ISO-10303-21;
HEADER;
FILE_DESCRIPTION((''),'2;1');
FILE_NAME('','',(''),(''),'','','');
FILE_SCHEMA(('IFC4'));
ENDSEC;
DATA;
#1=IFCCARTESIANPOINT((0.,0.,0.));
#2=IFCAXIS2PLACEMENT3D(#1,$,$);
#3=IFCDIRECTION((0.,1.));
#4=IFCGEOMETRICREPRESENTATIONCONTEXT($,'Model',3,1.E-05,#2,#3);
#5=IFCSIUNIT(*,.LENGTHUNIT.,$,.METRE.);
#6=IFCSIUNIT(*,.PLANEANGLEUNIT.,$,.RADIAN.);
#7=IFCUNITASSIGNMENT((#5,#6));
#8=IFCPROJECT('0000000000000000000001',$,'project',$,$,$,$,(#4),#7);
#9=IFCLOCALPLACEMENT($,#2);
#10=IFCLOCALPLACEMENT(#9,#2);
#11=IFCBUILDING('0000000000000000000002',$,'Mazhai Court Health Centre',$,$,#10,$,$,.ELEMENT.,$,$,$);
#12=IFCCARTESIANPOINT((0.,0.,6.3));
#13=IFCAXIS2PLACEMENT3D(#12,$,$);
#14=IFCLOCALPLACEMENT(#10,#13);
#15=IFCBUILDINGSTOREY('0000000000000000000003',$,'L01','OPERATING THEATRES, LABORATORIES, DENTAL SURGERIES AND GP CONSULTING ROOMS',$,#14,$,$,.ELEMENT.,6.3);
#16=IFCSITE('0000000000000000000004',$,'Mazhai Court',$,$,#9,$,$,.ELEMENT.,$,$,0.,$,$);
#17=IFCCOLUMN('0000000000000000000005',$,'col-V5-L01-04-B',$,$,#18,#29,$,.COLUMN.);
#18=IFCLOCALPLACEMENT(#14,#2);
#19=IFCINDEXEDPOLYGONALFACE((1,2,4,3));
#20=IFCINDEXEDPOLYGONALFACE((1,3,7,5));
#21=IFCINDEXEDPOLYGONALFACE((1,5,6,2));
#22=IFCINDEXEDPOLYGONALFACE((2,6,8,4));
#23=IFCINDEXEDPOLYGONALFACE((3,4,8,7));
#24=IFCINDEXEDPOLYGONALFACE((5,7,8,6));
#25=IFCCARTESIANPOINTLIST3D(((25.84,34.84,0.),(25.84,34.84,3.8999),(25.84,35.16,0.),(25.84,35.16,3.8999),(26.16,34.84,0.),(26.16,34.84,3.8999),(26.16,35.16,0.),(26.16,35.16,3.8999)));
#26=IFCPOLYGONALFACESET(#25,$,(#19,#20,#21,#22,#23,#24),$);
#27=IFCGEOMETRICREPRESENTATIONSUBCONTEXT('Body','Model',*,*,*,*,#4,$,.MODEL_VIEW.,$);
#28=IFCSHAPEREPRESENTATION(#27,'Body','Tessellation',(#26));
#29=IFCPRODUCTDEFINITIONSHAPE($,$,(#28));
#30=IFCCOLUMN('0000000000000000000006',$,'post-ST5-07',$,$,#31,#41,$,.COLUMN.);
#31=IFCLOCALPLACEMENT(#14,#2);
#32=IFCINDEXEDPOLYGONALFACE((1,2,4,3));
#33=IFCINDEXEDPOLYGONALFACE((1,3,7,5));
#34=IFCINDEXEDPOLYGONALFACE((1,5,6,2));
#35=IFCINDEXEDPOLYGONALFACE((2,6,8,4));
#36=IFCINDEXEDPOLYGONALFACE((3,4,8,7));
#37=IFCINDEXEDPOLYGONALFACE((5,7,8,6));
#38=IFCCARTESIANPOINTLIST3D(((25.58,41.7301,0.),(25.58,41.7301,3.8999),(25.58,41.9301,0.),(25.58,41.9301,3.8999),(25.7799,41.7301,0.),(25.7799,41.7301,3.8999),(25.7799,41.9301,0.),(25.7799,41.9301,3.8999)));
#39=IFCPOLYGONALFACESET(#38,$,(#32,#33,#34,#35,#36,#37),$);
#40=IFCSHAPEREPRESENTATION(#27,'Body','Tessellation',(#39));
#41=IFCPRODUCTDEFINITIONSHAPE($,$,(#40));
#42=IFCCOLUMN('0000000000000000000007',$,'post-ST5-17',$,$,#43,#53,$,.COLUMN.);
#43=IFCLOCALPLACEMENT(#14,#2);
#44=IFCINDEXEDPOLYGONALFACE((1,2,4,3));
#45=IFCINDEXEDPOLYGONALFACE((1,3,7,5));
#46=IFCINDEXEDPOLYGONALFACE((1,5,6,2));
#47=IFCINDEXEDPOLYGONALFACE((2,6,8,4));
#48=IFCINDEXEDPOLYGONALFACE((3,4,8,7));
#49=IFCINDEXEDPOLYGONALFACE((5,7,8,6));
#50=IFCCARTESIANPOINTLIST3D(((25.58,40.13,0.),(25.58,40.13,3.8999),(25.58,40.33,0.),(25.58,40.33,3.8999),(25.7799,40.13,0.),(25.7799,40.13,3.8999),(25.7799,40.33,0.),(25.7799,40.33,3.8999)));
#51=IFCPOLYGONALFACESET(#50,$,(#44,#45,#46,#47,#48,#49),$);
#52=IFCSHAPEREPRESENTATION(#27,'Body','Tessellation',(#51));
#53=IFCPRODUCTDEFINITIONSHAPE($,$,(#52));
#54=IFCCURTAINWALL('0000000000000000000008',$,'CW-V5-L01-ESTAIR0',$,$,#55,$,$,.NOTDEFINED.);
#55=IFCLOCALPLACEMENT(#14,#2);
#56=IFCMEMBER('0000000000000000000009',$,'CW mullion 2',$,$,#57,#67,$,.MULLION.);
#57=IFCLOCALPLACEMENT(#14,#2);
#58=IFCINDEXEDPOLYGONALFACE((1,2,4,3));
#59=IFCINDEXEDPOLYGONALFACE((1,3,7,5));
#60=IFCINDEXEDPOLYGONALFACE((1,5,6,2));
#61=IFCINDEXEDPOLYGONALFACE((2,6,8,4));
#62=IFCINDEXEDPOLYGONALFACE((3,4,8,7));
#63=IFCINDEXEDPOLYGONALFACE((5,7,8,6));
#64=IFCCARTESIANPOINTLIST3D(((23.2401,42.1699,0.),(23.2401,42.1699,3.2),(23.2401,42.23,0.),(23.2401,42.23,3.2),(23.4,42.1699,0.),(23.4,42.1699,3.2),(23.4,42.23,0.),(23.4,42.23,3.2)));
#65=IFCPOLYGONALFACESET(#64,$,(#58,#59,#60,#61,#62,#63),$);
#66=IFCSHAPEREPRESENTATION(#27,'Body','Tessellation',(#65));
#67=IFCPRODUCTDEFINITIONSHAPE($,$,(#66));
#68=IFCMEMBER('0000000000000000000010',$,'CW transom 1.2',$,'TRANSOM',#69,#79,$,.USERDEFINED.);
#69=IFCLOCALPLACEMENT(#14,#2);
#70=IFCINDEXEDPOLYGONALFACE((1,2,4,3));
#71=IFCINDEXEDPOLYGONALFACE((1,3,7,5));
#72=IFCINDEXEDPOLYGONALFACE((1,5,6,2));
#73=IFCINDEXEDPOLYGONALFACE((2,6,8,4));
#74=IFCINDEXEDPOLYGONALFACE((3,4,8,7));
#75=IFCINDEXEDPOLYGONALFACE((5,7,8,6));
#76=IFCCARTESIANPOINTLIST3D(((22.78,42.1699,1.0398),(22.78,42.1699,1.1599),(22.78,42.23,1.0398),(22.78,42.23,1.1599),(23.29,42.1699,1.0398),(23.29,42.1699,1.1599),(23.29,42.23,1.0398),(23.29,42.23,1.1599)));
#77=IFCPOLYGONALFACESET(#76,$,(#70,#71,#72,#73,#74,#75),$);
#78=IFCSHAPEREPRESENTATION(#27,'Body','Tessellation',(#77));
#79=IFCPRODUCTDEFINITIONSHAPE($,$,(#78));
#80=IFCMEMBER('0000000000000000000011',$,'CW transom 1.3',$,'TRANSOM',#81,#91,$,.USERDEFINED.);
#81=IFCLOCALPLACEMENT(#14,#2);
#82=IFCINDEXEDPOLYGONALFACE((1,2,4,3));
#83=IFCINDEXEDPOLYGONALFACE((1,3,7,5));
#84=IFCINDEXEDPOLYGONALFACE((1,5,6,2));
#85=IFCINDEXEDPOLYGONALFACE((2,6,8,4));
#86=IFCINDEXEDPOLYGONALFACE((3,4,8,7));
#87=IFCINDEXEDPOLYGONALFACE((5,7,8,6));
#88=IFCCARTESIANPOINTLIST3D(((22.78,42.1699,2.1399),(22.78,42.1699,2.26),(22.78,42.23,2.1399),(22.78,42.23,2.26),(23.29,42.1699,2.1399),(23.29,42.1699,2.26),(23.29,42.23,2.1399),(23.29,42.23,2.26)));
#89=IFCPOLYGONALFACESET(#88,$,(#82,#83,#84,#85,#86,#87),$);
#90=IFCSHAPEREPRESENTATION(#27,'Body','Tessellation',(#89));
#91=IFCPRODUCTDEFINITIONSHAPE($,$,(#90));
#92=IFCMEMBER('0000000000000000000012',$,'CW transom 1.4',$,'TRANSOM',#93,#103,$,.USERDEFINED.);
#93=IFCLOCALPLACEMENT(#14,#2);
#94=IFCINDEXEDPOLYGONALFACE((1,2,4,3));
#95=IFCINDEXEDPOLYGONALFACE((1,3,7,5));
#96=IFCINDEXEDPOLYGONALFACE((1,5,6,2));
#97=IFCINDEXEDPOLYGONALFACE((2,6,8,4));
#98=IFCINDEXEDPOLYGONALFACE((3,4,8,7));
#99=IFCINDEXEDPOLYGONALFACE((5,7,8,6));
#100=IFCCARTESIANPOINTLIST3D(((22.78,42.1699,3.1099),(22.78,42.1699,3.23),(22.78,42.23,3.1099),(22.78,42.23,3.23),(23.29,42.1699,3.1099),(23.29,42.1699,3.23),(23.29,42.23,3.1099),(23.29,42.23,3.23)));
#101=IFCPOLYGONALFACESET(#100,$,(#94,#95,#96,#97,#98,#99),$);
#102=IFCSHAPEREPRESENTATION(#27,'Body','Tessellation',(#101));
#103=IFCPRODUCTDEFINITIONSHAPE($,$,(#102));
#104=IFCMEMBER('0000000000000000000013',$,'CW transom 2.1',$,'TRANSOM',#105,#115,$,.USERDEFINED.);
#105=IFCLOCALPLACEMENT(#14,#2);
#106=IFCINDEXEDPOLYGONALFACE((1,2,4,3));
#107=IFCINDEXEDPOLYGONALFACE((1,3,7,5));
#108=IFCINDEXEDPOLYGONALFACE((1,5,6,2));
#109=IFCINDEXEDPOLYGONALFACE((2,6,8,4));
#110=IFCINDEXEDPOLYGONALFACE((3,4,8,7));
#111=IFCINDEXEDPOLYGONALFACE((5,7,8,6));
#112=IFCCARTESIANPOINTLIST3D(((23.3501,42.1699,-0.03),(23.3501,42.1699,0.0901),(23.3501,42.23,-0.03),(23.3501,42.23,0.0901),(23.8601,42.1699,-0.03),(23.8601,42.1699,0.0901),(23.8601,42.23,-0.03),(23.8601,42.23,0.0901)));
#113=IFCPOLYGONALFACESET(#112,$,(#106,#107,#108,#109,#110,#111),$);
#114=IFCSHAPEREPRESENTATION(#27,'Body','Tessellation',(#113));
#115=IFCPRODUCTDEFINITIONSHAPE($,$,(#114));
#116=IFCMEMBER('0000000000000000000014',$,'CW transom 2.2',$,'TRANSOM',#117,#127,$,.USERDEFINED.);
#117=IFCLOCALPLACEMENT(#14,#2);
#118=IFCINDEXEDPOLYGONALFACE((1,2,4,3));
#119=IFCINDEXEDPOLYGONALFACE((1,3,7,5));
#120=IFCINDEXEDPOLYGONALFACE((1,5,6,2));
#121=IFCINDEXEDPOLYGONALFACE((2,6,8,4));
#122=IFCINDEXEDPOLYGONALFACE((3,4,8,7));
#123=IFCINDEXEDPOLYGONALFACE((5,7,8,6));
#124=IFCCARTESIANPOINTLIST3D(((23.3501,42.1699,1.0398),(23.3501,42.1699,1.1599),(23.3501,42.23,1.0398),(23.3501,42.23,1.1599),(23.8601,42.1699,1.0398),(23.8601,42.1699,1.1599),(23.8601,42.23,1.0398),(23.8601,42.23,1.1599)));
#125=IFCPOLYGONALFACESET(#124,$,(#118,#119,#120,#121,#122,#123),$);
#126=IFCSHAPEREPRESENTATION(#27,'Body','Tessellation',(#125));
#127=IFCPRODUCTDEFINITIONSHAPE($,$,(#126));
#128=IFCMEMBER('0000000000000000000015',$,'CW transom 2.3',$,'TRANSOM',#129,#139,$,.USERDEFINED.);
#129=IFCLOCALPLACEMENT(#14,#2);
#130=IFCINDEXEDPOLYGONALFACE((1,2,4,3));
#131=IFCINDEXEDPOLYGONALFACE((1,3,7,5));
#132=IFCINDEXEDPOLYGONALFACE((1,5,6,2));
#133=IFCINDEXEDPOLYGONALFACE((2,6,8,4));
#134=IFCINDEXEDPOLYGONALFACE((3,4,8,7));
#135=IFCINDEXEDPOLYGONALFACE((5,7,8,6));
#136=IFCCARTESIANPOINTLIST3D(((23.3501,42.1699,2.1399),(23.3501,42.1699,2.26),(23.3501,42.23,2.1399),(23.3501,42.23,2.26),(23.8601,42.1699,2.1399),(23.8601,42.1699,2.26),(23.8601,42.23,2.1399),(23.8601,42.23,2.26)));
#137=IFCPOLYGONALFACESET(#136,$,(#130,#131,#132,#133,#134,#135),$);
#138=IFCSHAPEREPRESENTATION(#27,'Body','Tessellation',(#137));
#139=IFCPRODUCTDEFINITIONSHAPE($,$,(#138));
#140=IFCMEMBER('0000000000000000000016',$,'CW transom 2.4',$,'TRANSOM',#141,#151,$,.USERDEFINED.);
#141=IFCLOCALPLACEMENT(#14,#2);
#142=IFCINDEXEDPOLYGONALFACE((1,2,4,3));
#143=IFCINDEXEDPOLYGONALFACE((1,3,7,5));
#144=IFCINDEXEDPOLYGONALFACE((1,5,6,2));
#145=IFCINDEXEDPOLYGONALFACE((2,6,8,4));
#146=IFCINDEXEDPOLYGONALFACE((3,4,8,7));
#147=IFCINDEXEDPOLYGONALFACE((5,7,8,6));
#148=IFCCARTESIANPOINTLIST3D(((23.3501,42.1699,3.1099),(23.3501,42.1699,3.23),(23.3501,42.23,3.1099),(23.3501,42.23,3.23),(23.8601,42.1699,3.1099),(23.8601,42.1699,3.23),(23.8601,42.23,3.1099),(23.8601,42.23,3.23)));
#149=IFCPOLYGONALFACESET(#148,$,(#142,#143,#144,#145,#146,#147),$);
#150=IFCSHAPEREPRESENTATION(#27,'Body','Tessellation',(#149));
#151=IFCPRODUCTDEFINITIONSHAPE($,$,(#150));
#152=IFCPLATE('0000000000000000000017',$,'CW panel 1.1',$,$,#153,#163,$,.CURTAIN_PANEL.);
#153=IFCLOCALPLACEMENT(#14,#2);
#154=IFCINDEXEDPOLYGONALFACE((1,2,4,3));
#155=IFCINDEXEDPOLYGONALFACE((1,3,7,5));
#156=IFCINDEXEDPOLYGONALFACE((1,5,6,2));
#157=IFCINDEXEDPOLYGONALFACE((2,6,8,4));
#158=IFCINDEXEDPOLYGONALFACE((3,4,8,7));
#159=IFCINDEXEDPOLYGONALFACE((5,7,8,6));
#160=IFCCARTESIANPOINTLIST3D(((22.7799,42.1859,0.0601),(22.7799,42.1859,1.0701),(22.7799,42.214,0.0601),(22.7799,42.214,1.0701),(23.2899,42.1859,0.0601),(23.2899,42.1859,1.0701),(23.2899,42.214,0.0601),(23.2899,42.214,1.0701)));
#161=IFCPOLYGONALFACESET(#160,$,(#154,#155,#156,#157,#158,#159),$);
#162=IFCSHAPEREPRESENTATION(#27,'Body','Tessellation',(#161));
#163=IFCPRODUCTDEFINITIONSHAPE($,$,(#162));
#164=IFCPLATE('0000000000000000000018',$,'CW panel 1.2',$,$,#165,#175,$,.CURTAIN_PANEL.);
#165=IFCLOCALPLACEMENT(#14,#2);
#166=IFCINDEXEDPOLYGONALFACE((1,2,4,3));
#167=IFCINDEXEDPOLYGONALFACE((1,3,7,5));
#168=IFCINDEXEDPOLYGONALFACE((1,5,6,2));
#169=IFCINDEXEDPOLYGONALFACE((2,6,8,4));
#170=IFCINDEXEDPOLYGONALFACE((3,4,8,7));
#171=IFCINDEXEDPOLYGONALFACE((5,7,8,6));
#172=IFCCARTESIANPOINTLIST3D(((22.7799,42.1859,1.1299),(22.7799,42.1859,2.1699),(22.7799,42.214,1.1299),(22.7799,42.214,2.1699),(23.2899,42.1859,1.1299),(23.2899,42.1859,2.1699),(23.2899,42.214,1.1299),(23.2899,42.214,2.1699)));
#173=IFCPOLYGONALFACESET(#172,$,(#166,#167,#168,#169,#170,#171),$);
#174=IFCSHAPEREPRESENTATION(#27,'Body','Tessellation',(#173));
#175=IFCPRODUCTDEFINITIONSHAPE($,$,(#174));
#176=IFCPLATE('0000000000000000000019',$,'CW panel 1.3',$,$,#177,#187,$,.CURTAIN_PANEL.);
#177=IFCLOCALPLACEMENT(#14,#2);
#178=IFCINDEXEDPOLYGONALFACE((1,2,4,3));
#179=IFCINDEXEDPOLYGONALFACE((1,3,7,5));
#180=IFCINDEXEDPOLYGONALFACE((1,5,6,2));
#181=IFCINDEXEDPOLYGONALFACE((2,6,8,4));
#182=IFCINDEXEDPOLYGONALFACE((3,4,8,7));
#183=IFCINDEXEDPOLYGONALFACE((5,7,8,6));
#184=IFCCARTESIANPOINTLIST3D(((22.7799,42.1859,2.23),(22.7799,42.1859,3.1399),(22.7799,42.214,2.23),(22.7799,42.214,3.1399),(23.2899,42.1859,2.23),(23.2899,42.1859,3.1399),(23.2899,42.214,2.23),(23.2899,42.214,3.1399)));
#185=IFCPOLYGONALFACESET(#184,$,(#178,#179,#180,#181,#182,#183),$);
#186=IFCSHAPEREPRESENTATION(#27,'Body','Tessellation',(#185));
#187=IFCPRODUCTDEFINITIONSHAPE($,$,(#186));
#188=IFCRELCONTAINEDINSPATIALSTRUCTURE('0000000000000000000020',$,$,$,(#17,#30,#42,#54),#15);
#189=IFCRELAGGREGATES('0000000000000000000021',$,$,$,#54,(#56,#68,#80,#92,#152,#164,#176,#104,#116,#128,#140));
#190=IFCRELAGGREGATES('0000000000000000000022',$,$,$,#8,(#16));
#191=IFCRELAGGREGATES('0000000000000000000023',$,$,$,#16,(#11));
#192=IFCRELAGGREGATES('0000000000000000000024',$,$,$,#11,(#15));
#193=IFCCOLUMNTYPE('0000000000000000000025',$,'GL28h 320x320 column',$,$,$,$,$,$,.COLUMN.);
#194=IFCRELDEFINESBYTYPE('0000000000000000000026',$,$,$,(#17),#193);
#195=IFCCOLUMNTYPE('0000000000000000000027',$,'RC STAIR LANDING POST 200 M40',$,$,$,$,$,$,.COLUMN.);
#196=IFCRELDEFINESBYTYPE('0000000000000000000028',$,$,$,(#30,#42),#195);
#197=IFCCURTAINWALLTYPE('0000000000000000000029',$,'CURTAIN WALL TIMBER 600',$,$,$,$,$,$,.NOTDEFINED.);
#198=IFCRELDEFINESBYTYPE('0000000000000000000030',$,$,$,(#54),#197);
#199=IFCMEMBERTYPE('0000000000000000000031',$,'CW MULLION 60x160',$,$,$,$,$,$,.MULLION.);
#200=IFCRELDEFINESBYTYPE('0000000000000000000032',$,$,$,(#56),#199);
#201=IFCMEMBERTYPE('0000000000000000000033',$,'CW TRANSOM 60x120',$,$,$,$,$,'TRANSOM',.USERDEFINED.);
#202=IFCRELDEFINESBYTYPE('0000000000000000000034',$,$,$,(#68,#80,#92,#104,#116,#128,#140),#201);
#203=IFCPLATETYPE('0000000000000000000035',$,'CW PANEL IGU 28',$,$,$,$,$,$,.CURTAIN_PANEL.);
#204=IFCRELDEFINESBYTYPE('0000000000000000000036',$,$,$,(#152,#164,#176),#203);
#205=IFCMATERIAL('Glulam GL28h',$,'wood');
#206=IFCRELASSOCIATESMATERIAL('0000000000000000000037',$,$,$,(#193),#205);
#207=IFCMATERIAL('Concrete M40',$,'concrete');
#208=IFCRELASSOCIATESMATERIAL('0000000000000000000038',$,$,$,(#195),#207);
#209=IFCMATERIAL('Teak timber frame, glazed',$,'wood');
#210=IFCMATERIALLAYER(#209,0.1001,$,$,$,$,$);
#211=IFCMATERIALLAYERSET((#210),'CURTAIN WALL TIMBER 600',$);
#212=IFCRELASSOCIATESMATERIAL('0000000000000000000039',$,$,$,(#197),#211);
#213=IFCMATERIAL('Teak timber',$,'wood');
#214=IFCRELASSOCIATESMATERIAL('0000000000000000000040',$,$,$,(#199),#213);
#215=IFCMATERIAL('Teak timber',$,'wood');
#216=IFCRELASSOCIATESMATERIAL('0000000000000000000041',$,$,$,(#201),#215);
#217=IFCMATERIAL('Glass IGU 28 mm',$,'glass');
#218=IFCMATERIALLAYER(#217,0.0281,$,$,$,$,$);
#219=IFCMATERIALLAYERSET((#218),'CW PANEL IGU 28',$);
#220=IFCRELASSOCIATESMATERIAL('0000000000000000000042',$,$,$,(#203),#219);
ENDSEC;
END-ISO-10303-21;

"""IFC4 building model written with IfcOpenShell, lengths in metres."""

from ifc_helpers import new_model, si_unit, direction, frame, origin, origin_2d, place, context, subcontext, project, spatial, rectangle, extrude, material, layer, layer_set, material_profile, profile_set, type_object, element, aggregate, save


model = new_model("IFC4")

# Units and contexts
model_context = context("Model", 3, precision=1e-05, world=origin(), true_north=direction((0.0, 1.0)))
body_context = subcontext(model_context, "Body", "Model", "MODEL_VIEW")
ifc_project = project(units=[si_unit("LENGTHUNIT", "METRE"), si_unit("PLANEANGLEUNIT", "RADIAN")], contexts=[model_context])

# Site, building, storey
site_placement = place(None, origin())
site = spatial("IfcSite", under=ifc_project, at=site_placement, Name="Mazhai Court", CompositionType="ELEMENT", RefElevation=0.0)
building_placement = place(site_placement, origin())
building = spatial("IfcBuilding", under=site, at=building_placement, Name="Mazhai Court Health Centre", CompositionType="ELEMENT")
storey_placement = place(building_placement, frame((0.0, 0.0, 6.3)))
storey = spatial("IfcBuildingStorey", under=building, at=storey_placement, Name="L01", Description="OPERATING THEATRES, LABORATORIES, DENTAL SURGERIES AND GP CONSULTING ROOMS", CompositionType="ELEMENT", Elevation=6.3)

# Columns
ifc_material_1 = material(Name="Glulam GL28h", Category="wood")
ifc_material_profile_1 = material_profile(ifc_material_1, rectangle(XDim=0.3201, YDim=0.3201, at=origin_2d()), Name="GL28h 320x320")
ifc_profile_set_1 = profile_set([ifc_material_profile_1], Name="Glulam GL28h")
column_type_1 = type_object("IfcColumnType", Name="GL28h 320x320 column", PredefinedType="COLUMN", material=ifc_profile_set_1)
column_placement = place(storey_placement, frame((26.0, 35.0, 0.0), z_axis=(0.0, 0.0, 1.0), x_axis=(1.0, 0.0, 0.0)))
element("IfcColumn", 1, at=column_placement, inside=storey, type_object=column_type_1, Name="col-V5-L01-04-B", PredefinedType="COLUMN", context=body_context, shape_type="SweptSolid", body=[
    extrude(rectangle(XDim=0.3201, YDim=0.3201, at=origin_2d()), origin(), (0.0, 0.0, 1.0), 3.8999),
])
ifc_material_2 = material(Name="Concrete M40", Category="concrete")
ifc_material_profile_2 = material_profile(ifc_material_2, rectangle(XDim=0.2, YDim=0.2, at=origin_2d()), Name="RC 200x200")
ifc_profile_set_2 = profile_set([ifc_material_profile_2], Name="Concrete M40")
column_type_2 = type_object("IfcColumnType", Name="RC STAIR LANDING POST 200 M40", PredefinedType="COLUMN", material=ifc_profile_set_2)
for number, where, z_axis, x_axis, name in (
    (2, (25.6799, 41.8301, 0.0), (0.0, 0.0, 1.0), (1.0, 0.0, 0.0), "post-ST5-07"),
    (3, (25.6799, 40.23, 0.0), (0.0, 0.0, 1.0), (1.0, 0.0, 0.0), "post-ST5-17"),
):
    element("IfcColumn", number, at=place(storey_placement, frame(where, z_axis=z_axis, x_axis=x_axis)), inside=storey, type_object=column_type_2, Name=name, PredefinedType="COLUMN", context=body_context, shape_type="SweptSolid", body=[
        extrude(rectangle(XDim=0.2, YDim=0.2, at=origin_2d()), origin(), (0.0, 0.0, 1.0), 3.8999),
    ])

# Curtain wall, members, plates
ifc_material_3 = material(Name="Teak timber frame, glazed", Category="wood")
ifc_layer_1 = layer(ifc_material_3, 0.1001)
ifc_layer_set_1 = layer_set([ifc_layer_1], Name="CURTAIN WALL TIMBER 600")
curtain_wall_type = type_object("IfcCurtainWallType", Name="CURTAIN WALL TIMBER 600", PredefinedType="NOTDEFINED", material=ifc_layer_set_1)
curtain_wall_placement = place(storey_placement, origin())
curtain_wall = element("IfcCurtainWall", 4, at=curtain_wall_placement, inside=storey, type_object=curtain_wall_type, Name="CW-V5-L01-ESTAIR0", PredefinedType="NOTDEFINED")
ifc_material_4 = material(Name="Teak timber", Category="wood")
ifc_material_profile_3 = material_profile(ifc_material_4, rectangle(XDim=0.0601, YDim=0.1599, at=origin_2d()), Name="CW MULLION 60x160")
ifc_profile_set_3 = profile_set([ifc_material_profile_3], Name="Teak timber")
member_type_1 = type_object("IfcMemberType", Name="CW MULLION 60x160", PredefinedType="MULLION", material=ifc_profile_set_3)
member_1_placement = place(storey_placement, frame((23.3201, 42.2, 0.0), z_axis=(0.0, 0.0, 1.0), x_axis=(0.0, 1.0, 0.0)))
member_1 = element("IfcMember", 5, at=member_1_placement, type_object=member_type_1, Name="CW mullion 2", PredefinedType="MULLION", context=body_context, shape_type="SweptSolid", body=[
    extrude(rectangle(XDim=0.0601, YDim=0.1599, at=origin_2d()), origin(), (0.0, 0.0, 1.0), 3.2),
])
ifc_material_5 = material(Name="Teak timber", Category="wood")
ifc_material_profile_4 = material_profile(ifc_material_5, rectangle(XDim=0.0601, YDim=0.1201, at=origin_2d()), Name="CW TRANSOM 60x120")
ifc_profile_set_4 = profile_set([ifc_material_profile_4], Name="Teak timber")
member_type_2 = type_object("IfcMemberType", Name="CW TRANSOM 60x120", ElementType="TRANSOM", PredefinedType="USERDEFINED", material=ifc_profile_set_4)
member_2_placement = place(storey_placement, frame((22.78, 42.2, 1.0999), z_axis=(1.0, 0.0, 0.0), x_axis=(0.0, 1.0, 0.0)))
member_2 = element("IfcMember", 6, at=member_2_placement, type_object=member_type_2, Name="CW transom 1.2", ObjectType="TRANSOM", PredefinedType="USERDEFINED", context=body_context, shape_type="SweptSolid", body=[
    extrude(rectangle(XDim=0.0601, YDim=0.1201, at=origin_2d()), origin(), (0.0, 0.0, 1.0), 0.51),
])
member_3_placement = place(storey_placement, frame((22.78, 42.2, 2.2), z_axis=(1.0, 0.0, 0.0), x_axis=(0.0, 1.0, 0.0)))
member_3 = element("IfcMember", 7, at=member_3_placement, type_object=member_type_2, Name="CW transom 1.3", ObjectType="TRANSOM", PredefinedType="USERDEFINED", context=body_context, shape_type="SweptSolid", body=[
    extrude(rectangle(XDim=0.0601, YDim=0.1201, at=origin_2d()), origin(), (0.0, 0.0, 1.0), 0.51),
])
member_4_placement = place(storey_placement, frame((22.78, 42.2, 3.1699), z_axis=(1.0, 0.0, 0.0), x_axis=(0.0, 1.0, 0.0)))
member_4 = element("IfcMember", 8, at=member_4_placement, type_object=member_type_2, Name="CW transom 1.4", ObjectType="TRANSOM", PredefinedType="USERDEFINED", context=body_context, shape_type="SweptSolid", body=[
    extrude(rectangle(XDim=0.0601, YDim=0.1201, at=origin_2d()), origin(), (0.0, 0.0, 1.0), 0.51),
])
member_5_placement = place(storey_placement, frame((23.3501, 42.2, 0.03), z_axis=(1.0, 0.0, 0.0), x_axis=(0.0, 1.0, 0.0)))
member_5 = element("IfcMember", 9, at=member_5_placement, type_object=member_type_2, Name="CW transom 2.1", ObjectType="TRANSOM", PredefinedType="USERDEFINED", context=body_context, shape_type="SweptSolid", body=[
    extrude(rectangle(XDim=0.0601, YDim=0.1201, at=origin_2d()), origin(), (0.0, 0.0, 1.0), 0.51),
])
member_6_placement = place(storey_placement, frame((23.3501, 42.2, 1.0999), z_axis=(1.0, 0.0, 0.0), x_axis=(0.0, 1.0, 0.0)))
member_6 = element("IfcMember", 10, at=member_6_placement, type_object=member_type_2, Name="CW transom 2.2", ObjectType="TRANSOM", PredefinedType="USERDEFINED", context=body_context, shape_type="SweptSolid", body=[
    extrude(rectangle(XDim=0.0601, YDim=0.1201, at=origin_2d()), origin(), (0.0, 0.0, 1.0), 0.51),
])
member_7_placement = place(storey_placement, frame((23.3501, 42.2, 2.2), z_axis=(1.0, 0.0, 0.0), x_axis=(0.0, 1.0, 0.0)))
member_7 = element("IfcMember", 11, at=member_7_placement, type_object=member_type_2, Name="CW transom 2.3", ObjectType="TRANSOM", PredefinedType="USERDEFINED", context=body_context, shape_type="SweptSolid", body=[
    extrude(rectangle(XDim=0.0601, YDim=0.1201, at=origin_2d()), origin(), (0.0, 0.0, 1.0), 0.51),
])
member_8_placement = place(storey_placement, frame((23.3501, 42.2, 3.1699), z_axis=(1.0, 0.0, 0.0), x_axis=(0.0, 1.0, 0.0)))
member_8 = element("IfcMember", 12, at=member_8_placement, type_object=member_type_2, Name="CW transom 2.4", ObjectType="TRANSOM", PredefinedType="USERDEFINED", context=body_context, shape_type="SweptSolid", body=[
    extrude(rectangle(XDim=0.0601, YDim=0.1201, at=origin_2d()), origin(), (0.0, 0.0, 1.0), 0.51),
])
ifc_material_6 = material(Name="Glass IGU 28 mm", Category="glass")
ifc_layer_2 = layer(ifc_material_6, 0.0281)
ifc_layer_set_2 = layer_set([ifc_layer_2], Name="CW PANEL IGU 28")
plate_type = type_object("IfcPlateType", Name="CW PANEL IGU 28", PredefinedType="CURTAIN_PANEL", material=ifc_layer_set_2)
plate_1_placement = place(storey_placement, frame((23.0349, 42.2, 0.0601), z_axis=(0.0, 0.0, 1.0), x_axis=(1.0, 0.0, 0.0)))
plate_1 = element("IfcPlate", 13, at=plate_1_placement, type_object=plate_type, Name="CW panel 1.1", PredefinedType="CURTAIN_PANEL", context=body_context, shape_type="SweptSolid", body=[
    extrude(rectangle(XDim=0.51, YDim=0.0281, at=origin_2d()), origin(), (0.0, 0.0, 1.0), 1.01),
])
plate_2_placement = place(storey_placement, frame((23.0349, 42.2, 1.1299), z_axis=(0.0, 0.0, 1.0), x_axis=(1.0, 0.0, 0.0)))
plate_2 = element("IfcPlate", 14, at=plate_2_placement, type_object=plate_type, Name="CW panel 1.2", PredefinedType="CURTAIN_PANEL", context=body_context, shape_type="SweptSolid", body=[
    extrude(rectangle(XDim=0.51, YDim=0.0281, at=origin_2d()), origin(), (0.0, 0.0, 1.0), 1.04),
])
plate_3_placement = place(storey_placement, frame((23.0349, 42.2, 2.23), z_axis=(0.0, 0.0, 1.0), x_axis=(1.0, 0.0, 0.0)))
plate_3 = element("IfcPlate", 15, at=plate_3_placement, type_object=plate_type, Name="CW panel 1.3", PredefinedType="CURTAIN_PANEL", context=body_context, shape_type="SweptSolid", body=[
    extrude(rectangle(XDim=0.51, YDim=0.0281, at=origin_2d()), origin(), (0.0, 0.0, 1.0), 0.9099),
])
aggregate(curtain_wall, [member_1, member_2, member_3, member_4, plate_1, plate_2, plate_3, member_5, member_6, member_7, member_8])

save(model, "model.ifc")
